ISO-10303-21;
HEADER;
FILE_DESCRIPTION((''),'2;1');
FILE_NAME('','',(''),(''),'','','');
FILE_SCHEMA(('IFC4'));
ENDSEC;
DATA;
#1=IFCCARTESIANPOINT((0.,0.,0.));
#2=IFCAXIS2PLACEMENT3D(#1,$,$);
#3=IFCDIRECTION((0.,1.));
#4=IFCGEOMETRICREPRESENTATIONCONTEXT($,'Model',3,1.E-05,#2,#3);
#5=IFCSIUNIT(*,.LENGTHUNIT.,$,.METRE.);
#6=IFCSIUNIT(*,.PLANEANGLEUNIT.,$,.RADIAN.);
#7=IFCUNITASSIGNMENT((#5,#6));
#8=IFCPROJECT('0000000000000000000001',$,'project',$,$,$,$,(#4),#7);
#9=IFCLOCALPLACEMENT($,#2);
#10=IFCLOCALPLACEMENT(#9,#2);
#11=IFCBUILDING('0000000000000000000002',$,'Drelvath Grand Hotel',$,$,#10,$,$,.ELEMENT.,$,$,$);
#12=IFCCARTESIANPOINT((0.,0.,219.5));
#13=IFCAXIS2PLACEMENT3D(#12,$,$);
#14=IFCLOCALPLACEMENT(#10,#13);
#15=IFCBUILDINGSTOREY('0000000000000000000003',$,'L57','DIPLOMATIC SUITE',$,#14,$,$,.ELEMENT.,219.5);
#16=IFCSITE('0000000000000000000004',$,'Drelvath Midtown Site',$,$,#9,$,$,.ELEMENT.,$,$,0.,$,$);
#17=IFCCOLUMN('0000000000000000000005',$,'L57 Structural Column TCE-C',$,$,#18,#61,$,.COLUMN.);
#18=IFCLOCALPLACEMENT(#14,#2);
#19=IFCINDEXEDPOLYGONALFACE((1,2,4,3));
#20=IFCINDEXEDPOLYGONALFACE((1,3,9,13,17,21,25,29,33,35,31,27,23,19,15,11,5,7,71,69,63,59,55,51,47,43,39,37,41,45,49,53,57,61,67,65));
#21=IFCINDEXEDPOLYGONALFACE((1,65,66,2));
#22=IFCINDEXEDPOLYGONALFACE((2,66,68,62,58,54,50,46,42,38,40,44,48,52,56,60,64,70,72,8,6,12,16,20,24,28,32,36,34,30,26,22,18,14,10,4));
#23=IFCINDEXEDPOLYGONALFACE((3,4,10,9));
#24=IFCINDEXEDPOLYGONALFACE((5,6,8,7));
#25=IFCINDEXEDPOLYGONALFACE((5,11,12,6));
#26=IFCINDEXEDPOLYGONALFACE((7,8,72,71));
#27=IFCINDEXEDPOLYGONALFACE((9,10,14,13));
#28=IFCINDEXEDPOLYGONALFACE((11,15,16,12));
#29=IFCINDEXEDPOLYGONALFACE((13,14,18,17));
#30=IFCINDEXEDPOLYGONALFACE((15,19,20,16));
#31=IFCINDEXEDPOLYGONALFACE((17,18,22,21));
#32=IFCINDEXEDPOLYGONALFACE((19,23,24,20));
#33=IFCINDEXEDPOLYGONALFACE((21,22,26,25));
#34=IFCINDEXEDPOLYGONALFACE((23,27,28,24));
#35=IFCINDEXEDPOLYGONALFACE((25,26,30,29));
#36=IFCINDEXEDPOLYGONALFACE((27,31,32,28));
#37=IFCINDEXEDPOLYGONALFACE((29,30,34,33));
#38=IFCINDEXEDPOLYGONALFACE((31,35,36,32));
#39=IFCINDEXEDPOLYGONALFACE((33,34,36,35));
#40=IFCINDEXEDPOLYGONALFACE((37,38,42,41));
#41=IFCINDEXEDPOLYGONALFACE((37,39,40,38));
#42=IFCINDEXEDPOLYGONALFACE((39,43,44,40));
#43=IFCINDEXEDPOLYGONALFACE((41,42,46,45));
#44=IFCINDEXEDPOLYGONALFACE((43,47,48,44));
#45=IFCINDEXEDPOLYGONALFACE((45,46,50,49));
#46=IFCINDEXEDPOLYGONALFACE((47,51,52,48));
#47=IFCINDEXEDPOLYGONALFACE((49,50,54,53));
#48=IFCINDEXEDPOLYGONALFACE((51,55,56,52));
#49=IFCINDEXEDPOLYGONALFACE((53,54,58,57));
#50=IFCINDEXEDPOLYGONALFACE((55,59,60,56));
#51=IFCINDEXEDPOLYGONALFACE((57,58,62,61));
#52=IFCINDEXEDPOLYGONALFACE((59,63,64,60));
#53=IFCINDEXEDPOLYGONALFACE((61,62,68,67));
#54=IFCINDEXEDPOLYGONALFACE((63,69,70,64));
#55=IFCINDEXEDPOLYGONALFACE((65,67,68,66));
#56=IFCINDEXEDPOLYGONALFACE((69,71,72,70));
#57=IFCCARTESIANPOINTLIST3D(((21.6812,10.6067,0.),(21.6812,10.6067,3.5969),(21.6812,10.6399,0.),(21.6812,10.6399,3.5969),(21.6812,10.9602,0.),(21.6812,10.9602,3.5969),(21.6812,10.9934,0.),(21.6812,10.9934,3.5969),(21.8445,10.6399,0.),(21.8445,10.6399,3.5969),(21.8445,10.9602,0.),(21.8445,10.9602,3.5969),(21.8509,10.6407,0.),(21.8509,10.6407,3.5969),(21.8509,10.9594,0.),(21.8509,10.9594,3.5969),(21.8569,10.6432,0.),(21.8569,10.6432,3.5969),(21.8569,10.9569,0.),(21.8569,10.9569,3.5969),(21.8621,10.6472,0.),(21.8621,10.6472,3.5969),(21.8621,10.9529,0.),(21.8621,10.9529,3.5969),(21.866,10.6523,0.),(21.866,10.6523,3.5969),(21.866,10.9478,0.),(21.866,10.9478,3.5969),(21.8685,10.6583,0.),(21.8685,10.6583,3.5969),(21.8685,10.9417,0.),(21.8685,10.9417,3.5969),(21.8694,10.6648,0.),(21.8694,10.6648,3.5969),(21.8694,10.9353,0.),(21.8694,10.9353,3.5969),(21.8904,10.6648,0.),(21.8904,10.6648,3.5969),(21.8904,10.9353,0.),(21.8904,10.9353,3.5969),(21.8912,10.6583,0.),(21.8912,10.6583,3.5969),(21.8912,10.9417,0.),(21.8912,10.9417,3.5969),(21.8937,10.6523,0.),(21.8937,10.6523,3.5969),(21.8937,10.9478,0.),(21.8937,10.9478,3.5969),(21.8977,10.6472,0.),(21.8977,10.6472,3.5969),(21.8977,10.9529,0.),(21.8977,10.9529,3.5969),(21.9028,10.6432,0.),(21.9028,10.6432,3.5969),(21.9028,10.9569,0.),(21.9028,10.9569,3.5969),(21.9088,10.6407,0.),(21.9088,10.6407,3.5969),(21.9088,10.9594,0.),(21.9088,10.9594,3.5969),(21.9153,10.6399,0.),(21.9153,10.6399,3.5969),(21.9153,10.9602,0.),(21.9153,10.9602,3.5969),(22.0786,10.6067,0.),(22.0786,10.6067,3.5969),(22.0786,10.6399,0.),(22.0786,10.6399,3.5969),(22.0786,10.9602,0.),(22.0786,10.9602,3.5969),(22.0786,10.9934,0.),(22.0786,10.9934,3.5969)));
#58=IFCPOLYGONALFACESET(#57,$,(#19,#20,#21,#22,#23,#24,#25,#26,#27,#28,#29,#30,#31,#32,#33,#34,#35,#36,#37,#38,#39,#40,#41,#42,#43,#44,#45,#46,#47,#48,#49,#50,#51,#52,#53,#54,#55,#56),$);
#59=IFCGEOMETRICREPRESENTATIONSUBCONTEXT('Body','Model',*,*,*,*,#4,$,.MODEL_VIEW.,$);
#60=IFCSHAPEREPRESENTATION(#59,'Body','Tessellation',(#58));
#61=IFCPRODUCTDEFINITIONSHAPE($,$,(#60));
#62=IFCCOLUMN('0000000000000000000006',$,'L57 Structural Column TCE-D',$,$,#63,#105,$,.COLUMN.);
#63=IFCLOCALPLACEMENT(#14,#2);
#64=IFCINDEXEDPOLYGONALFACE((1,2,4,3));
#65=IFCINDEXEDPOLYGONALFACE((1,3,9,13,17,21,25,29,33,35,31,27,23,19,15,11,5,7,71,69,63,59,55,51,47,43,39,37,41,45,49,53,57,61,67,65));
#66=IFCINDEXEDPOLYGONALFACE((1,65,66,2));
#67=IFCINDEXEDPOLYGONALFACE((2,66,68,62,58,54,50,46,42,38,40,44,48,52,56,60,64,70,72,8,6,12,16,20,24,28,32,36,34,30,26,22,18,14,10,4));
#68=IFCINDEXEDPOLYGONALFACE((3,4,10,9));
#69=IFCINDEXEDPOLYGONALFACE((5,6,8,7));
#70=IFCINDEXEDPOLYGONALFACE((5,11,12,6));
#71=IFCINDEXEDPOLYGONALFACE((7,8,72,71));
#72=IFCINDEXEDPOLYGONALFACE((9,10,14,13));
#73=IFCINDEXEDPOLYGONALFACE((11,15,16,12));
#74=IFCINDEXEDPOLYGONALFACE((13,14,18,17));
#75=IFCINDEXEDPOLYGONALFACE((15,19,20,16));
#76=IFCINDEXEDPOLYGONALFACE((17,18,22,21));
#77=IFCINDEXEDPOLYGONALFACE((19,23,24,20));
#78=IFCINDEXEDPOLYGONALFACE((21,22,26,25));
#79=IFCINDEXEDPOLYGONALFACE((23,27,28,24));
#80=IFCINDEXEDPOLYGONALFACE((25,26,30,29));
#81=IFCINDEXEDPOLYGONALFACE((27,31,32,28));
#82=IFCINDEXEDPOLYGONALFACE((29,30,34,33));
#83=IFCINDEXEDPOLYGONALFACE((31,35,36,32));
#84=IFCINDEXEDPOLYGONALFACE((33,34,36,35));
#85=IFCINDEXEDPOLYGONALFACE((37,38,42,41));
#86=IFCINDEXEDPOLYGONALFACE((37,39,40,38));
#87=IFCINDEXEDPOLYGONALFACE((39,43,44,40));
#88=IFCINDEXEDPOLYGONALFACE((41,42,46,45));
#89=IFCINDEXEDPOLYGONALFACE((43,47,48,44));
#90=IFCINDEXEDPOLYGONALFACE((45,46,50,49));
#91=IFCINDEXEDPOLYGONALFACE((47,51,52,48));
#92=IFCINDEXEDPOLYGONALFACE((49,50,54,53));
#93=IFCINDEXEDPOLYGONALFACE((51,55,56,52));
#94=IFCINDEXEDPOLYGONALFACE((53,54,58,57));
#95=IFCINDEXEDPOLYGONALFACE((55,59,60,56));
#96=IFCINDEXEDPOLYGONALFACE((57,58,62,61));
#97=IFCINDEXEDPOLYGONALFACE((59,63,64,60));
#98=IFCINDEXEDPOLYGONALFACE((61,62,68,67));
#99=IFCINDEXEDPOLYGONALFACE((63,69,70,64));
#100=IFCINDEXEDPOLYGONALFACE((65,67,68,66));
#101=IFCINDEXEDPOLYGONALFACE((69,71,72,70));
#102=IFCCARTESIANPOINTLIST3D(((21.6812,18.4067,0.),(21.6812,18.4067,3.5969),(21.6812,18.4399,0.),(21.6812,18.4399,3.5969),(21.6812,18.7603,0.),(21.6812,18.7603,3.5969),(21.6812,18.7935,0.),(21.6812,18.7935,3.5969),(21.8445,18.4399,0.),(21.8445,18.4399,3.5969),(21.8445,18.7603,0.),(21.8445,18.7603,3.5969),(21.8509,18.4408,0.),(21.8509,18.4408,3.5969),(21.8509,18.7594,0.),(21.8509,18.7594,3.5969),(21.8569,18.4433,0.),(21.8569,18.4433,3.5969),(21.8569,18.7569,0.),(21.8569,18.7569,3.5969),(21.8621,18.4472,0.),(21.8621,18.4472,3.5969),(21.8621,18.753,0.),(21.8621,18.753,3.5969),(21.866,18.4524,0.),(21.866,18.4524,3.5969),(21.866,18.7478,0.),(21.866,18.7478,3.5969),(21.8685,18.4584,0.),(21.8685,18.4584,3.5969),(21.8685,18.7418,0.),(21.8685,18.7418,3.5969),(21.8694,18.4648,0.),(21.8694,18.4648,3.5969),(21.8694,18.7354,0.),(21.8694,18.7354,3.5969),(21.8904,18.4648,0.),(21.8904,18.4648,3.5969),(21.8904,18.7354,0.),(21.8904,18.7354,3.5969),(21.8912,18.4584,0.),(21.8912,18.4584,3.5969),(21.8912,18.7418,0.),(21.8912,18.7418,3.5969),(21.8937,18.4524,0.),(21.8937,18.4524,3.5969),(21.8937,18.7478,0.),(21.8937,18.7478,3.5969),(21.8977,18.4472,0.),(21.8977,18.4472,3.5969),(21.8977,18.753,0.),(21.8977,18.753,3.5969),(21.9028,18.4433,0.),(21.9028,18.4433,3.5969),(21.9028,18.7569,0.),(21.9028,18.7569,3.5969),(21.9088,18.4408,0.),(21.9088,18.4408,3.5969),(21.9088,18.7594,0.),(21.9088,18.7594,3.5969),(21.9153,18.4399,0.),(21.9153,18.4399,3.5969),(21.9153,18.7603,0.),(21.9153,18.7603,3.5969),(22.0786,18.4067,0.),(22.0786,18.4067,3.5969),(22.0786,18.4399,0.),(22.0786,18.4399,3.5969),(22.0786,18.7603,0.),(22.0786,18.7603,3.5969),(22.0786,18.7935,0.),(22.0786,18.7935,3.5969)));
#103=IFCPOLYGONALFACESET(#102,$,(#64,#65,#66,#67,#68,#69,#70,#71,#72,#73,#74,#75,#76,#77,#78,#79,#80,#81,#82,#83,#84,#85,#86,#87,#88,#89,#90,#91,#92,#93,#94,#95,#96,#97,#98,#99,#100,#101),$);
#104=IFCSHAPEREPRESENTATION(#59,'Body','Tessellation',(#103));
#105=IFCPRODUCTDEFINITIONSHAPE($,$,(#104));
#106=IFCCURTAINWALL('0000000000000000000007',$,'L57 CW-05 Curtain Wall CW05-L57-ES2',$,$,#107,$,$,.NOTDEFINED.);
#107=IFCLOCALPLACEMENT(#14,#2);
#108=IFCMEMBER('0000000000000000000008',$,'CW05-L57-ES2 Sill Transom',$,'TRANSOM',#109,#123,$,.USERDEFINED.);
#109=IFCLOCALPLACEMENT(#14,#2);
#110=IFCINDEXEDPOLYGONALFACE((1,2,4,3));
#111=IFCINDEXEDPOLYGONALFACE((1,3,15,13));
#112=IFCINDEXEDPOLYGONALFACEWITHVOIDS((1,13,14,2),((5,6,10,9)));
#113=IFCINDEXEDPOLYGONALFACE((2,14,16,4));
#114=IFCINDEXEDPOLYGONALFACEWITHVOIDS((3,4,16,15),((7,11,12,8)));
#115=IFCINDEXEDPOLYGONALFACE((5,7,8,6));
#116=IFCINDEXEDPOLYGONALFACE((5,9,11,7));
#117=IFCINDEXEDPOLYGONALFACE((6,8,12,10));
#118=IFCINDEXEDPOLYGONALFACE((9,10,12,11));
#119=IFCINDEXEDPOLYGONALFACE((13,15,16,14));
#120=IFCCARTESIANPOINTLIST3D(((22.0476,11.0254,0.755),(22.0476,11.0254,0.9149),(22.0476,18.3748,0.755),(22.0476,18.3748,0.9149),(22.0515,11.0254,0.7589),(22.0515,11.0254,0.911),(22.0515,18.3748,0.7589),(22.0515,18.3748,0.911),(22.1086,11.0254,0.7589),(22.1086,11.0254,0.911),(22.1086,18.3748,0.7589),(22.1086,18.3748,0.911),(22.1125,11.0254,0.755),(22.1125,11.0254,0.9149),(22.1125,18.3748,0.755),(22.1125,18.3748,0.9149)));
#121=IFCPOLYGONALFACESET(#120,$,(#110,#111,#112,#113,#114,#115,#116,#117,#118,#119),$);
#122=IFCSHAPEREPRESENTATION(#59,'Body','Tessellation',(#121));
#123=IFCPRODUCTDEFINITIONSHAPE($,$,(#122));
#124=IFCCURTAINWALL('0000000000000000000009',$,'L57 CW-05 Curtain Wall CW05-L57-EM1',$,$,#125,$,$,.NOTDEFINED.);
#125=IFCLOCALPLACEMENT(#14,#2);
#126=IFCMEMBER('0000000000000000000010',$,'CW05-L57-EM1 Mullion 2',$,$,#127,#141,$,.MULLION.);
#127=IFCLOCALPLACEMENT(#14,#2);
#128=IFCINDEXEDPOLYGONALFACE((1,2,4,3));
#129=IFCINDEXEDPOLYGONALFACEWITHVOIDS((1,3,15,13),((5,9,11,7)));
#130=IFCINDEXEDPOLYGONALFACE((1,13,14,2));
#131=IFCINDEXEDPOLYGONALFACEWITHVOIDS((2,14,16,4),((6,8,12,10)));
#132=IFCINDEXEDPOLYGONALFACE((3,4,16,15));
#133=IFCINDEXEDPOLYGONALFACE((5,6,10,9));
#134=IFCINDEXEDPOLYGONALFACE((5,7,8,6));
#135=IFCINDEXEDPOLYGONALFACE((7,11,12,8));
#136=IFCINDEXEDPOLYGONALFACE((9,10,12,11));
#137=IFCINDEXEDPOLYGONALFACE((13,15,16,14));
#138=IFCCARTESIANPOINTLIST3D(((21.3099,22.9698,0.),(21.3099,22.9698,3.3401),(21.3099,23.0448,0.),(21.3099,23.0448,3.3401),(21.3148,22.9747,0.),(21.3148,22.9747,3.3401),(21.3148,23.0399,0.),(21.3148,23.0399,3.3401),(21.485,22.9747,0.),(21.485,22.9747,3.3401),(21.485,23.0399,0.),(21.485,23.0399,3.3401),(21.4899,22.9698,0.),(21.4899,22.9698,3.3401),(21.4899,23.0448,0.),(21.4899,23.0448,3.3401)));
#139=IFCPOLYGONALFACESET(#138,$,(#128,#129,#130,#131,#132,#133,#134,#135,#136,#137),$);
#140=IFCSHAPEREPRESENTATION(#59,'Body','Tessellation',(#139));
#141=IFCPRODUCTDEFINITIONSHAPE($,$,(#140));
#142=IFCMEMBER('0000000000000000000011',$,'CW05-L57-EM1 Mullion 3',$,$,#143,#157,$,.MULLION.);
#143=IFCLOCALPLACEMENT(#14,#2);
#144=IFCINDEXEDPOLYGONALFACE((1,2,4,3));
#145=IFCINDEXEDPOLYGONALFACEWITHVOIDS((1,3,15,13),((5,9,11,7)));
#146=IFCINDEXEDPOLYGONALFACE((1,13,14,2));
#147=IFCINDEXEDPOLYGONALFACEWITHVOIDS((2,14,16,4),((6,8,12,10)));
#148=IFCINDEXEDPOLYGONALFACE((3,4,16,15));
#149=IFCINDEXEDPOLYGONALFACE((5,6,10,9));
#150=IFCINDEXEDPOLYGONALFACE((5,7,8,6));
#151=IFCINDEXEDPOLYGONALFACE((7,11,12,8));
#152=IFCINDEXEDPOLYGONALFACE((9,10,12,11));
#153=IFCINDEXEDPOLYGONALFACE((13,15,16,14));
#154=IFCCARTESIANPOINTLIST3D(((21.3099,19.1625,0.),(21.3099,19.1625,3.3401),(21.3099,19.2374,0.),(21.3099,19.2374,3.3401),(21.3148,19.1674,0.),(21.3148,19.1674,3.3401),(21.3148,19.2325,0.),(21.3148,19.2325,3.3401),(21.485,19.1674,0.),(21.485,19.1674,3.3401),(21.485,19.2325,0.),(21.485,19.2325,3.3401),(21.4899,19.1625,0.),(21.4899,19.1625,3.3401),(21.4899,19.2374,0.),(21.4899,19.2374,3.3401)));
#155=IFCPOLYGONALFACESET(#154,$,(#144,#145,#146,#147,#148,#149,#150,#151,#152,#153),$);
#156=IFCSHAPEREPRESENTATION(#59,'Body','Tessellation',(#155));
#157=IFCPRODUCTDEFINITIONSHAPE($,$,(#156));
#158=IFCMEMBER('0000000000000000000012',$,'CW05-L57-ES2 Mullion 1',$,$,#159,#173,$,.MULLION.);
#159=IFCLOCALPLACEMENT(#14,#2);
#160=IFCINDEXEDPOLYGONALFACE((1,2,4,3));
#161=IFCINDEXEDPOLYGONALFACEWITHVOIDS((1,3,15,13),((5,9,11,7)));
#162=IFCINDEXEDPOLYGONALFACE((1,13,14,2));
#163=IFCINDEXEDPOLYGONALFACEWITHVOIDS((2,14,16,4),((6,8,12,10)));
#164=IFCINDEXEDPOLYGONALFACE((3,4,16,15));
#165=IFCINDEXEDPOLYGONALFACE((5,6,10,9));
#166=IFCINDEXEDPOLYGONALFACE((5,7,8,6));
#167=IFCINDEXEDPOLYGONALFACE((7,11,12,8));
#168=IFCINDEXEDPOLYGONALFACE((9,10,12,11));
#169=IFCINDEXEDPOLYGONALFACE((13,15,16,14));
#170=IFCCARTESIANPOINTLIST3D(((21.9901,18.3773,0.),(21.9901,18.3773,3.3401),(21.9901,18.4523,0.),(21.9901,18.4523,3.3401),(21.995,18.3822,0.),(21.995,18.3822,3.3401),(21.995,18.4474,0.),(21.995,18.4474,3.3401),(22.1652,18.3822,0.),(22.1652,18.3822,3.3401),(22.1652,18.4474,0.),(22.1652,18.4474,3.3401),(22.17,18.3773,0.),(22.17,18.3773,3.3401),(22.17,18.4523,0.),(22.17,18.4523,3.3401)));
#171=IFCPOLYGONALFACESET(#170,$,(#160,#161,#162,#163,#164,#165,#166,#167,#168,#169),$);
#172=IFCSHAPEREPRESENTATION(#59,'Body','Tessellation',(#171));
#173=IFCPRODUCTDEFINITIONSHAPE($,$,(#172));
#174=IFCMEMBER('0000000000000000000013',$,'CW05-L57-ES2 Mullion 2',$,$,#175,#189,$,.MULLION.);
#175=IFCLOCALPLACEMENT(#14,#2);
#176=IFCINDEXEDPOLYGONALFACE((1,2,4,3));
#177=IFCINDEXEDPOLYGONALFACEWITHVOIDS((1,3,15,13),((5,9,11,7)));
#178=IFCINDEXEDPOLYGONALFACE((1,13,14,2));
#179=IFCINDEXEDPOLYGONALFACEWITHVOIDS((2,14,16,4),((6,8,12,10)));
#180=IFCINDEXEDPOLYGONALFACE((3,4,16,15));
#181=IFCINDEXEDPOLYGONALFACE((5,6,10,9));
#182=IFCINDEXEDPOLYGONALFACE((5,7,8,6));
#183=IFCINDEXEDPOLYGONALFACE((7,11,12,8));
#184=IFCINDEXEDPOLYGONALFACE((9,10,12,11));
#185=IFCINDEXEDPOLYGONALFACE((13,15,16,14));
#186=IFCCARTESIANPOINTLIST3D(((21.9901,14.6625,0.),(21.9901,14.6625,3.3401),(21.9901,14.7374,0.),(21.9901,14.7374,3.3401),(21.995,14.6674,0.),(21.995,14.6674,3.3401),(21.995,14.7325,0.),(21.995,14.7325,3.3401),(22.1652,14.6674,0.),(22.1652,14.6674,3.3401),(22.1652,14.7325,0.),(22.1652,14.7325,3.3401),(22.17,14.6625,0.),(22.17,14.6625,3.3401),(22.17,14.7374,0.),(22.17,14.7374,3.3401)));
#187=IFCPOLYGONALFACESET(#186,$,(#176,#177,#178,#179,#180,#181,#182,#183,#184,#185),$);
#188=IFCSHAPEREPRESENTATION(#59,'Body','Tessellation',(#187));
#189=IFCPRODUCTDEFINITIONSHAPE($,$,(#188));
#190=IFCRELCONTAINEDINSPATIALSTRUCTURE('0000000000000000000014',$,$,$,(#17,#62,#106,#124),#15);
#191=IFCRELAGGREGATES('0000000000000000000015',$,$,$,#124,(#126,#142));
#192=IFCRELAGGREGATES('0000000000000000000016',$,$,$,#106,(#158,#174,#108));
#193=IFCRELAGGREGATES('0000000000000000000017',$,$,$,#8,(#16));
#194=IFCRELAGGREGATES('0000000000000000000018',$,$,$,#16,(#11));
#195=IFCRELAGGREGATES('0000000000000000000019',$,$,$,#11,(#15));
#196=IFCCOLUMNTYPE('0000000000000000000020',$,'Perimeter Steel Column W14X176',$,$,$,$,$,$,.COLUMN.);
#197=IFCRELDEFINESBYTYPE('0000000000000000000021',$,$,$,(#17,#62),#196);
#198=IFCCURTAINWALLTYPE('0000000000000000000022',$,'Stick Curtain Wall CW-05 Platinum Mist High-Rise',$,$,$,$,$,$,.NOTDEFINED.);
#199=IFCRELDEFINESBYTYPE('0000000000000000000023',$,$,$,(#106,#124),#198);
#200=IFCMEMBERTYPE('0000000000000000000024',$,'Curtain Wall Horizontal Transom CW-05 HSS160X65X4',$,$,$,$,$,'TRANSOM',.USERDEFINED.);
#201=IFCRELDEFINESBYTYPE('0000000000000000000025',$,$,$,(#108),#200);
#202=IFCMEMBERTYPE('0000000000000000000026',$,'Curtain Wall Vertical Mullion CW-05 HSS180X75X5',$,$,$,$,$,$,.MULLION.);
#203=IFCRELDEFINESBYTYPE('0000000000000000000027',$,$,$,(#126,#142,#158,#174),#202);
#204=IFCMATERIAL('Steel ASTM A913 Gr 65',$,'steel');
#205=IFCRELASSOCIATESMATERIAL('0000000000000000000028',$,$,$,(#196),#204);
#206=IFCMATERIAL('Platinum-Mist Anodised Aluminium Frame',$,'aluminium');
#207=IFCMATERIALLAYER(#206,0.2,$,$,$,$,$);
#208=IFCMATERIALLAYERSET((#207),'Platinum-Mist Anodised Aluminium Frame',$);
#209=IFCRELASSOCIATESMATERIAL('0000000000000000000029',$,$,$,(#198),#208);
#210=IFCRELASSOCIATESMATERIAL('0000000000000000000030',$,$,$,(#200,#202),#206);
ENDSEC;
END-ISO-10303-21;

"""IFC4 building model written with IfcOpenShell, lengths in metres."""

from ifc_helpers import new_model, si_unit, direction, frame, origin, origin_2d, place, context, subcontext, project, spatial, hollow_rectangle, i_section, extrude, material, layer, layer_set, material_profile, profile_set, type_object, element, aggregate, save


model = new_model("IFC4")

# Units and contexts
model_context = context("Model", 3, precision=1e-05, world=origin(), true_north=direction((0.0, 1.0)))
body_context = subcontext(model_context, "Body", "Model", "MODEL_VIEW")
ifc_project = project(units=[si_unit("LENGTHUNIT", "METRE"), si_unit("PLANEANGLEUNIT", "RADIAN")], contexts=[model_context])

# Site, building, storey
site_placement = place(None, origin())
site = spatial("IfcSite", under=ifc_project, at=site_placement, Name="Drelvath Midtown Site", CompositionType="ELEMENT", RefElevation=0.0)
building_placement = place(site_placement, origin())
building = spatial("IfcBuilding", under=site, at=building_placement, Name="Drelvath Grand Hotel", CompositionType="ELEMENT")
storey_placement = place(building_placement, frame((0.0, 0.0, 219.5)))
storey = spatial("IfcBuildingStorey", under=building, at=storey_placement, Name="L57", Description="DIPLOMATIC SUITE", CompositionType="ELEMENT", Elevation=219.5)

# Columns
ifc_material_1 = material(Name="Steel ASTM A913 Gr 65", Category="steel")
ifc_material_profile_1 = material_profile(ifc_material_1, i_section(OverallWidth=0.3975, OverallDepth=0.3867, WebThickness=0.021, FlangeThickness=0.0332, FilletRadius=0.0249, at=origin_2d()), Name="W14X176")
ifc_profile_set_1 = profile_set([ifc_material_profile_1], Name="Steel ASTM A913 Gr 65")
column_type = type_object("IfcColumnType", Name="Perimeter Steel Column W14X176", PredefinedType="COLUMN", material=ifc_profile_set_1)
for number, where, z_axis, x_axis, name in (
    (1, (21.8799, 10.8, 0.0), (0.0, 0.0, 1.0), (1.0, 0.0, 0.0), "L57 Structural Column TCE-C"),
    (2, (21.8799, 18.6001, 0.0), (0.0, 0.0, 1.0), (1.0, 0.0, 0.0), "L57 Structural Column TCE-D"),
):
    element("IfcColumn", number, at=place(storey_placement, frame(where, z_axis=z_axis, x_axis=x_axis)), inside=storey, type_object=column_type, Name=name, PredefinedType="COLUMN", context=body_context, shape_type="SweptSolid", body=[
        extrude(i_section(OverallWidth=0.3975, OverallDepth=0.3867, WebThickness=0.021, FlangeThickness=0.0332, FilletRadius=0.0249, at=origin_2d()), origin(), (0.0, 0.0, 1.0), 3.5969),
    ])

# Curtain wall, member
ifc_material_2 = material(Name="Platinum-Mist Anodised Aluminium Frame", Category="aluminium")
ifc_layer_1 = layer(ifc_material_2, 0.2)
ifc_layer_set_1 = layer_set([ifc_layer_1], Name="Platinum-Mist Anodised Aluminium Frame")
curtain_wall_type = type_object("IfcCurtainWallType", Name="Stick Curtain Wall CW-05 Platinum Mist High-Rise", PredefinedType="NOTDEFINED", material=ifc_layer_set_1)
curtain_wall_1_placement = place(storey_placement, origin())
curtain_wall_1 = element("IfcCurtainWall", 3, at=curtain_wall_1_placement, inside=storey, type_object=curtain_wall_type, Name="L57 CW-05 Curtain Wall CW05-L57-ES2", PredefinedType="NOTDEFINED")
ifc_material_profile_2 = material_profile(ifc_material_2, hollow_rectangle(XDim=0.0649, YDim=0.1599, WallThickness=0.0039, at=origin_2d()), Name="HSS160X65X4")
ifc_profile_set_2 = profile_set([ifc_material_profile_2], Name="Platinum-Mist Anodised Aluminium Frame")
member_type_1 = type_object("IfcMemberType", Name="Curtain Wall Horizontal Transom CW-05 HSS160X65X4", ElementType="TRANSOM", PredefinedType="USERDEFINED", material=ifc_profile_set_2)
member_1_placement = place(storey_placement, frame((22.0801, 18.3748, 0.835), z_axis=(0.0, -1.0, 0.0), x_axis=(1.0, 0.0, 0.0)))
member_1 = element("IfcMember", 4, at=member_1_placement, type_object=member_type_1, Name="CW05-L57-ES2 Sill Transom", ObjectType="TRANSOM", PredefinedType="USERDEFINED", context=body_context, shape_type="SweptSolid", body=[
    extrude(hollow_rectangle(XDim=0.0649, YDim=0.1599, WallThickness=0.0039, at=origin_2d()), origin(), (0.0, 0.0, 1.0), 7.3494),
])

# Curtain wall, members
curtain_wall_2_placement = place(storey_placement, origin())
curtain_wall_2 = element("IfcCurtainWall", 5, at=curtain_wall_2_placement, inside=storey, type_object=curtain_wall_type, Name="L57 CW-05 Curtain Wall CW05-L57-EM1", PredefinedType="NOTDEFINED")
ifc_material_profile_3 = material_profile(ifc_material_2, hollow_rectangle(XDim=0.075, YDim=0.1799, WallThickness=0.0049, at=origin_2d()), Name="HSS180X75X5")
ifc_profile_set_3 = profile_set([ifc_material_profile_3], Name="Platinum-Mist Anodised Aluminium Frame")
member_type_2 = type_object("IfcMemberType", Name="Curtain Wall Vertical Mullion CW-05 HSS180X75X5", PredefinedType="MULLION", material=ifc_profile_set_3)
member_2_placement = place(storey_placement, frame((21.3999, 23.0073, 0.0), z_axis=(0.0, 0.0, 1.0), x_axis=(0.0, 1.0, 0.0)))
member_2 = element("IfcMember", 6, at=member_2_placement, type_object=member_type_2, Name="CW05-L57-EM1 Mullion 2", PredefinedType="MULLION", context=body_context, shape_type="SweptSolid", body=[
    extrude(hollow_rectangle(XDim=0.075, YDim=0.1799, WallThickness=0.0049, at=origin_2d()), origin(), (0.0, 0.0, 1.0), 3.3401),
])
member_3_placement = place(storey_placement, frame((21.3999, 19.2, 0.0), z_axis=(0.0, 0.0, 1.0), x_axis=(0.0, 1.0, 0.0)))
member_3 = element("IfcMember", 7, at=member_3_placement, type_object=member_type_2, Name="CW05-L57-EM1 Mullion 3", PredefinedType="MULLION", context=body_context, shape_type="SweptSolid", body=[
    extrude(hollow_rectangle(XDim=0.075, YDim=0.1799, WallThickness=0.0049, at=origin_2d()), origin(), (0.0, 0.0, 1.0), 3.3401),
])

# Members
member_4_placement = place(storey_placement, frame((22.0801, 18.4148, 0.0), z_axis=(0.0, 0.0, 1.0), x_axis=(0.0, 1.0, 0.0)))
member_4 = element("IfcMember", 8, at=member_4_placement, type_object=member_type_2, Name="CW05-L57-ES2 Mullion 1", PredefinedType="MULLION", context=body_context, shape_type="SweptSolid", body=[
    extrude(hollow_rectangle(XDim=0.075, YDim=0.1799, WallThickness=0.0049, at=origin_2d()), origin(), (0.0, 0.0, 1.0), 3.3401),
])
member_5_placement = place(storey_placement, frame((22.0801, 14.7, 0.0), z_axis=(0.0, 0.0, 1.0), x_axis=(0.0, 1.0, 0.0)))
member_5 = element("IfcMember", 9, at=member_5_placement, type_object=member_type_2, Name="CW05-L57-ES2 Mullion 2", PredefinedType="MULLION", context=body_context, shape_type="SweptSolid", body=[
    extrude(hollow_rectangle(XDim=0.075, YDim=0.1799, WallThickness=0.0049, at=origin_2d()), origin(), (0.0, 0.0, 1.0), 3.3401),
])

aggregate(curtain_wall_2, [member_2, member_3])
aggregate(curtain_wall_1, [member_4, member_5, member_1])

save(model, "model.ifc")
